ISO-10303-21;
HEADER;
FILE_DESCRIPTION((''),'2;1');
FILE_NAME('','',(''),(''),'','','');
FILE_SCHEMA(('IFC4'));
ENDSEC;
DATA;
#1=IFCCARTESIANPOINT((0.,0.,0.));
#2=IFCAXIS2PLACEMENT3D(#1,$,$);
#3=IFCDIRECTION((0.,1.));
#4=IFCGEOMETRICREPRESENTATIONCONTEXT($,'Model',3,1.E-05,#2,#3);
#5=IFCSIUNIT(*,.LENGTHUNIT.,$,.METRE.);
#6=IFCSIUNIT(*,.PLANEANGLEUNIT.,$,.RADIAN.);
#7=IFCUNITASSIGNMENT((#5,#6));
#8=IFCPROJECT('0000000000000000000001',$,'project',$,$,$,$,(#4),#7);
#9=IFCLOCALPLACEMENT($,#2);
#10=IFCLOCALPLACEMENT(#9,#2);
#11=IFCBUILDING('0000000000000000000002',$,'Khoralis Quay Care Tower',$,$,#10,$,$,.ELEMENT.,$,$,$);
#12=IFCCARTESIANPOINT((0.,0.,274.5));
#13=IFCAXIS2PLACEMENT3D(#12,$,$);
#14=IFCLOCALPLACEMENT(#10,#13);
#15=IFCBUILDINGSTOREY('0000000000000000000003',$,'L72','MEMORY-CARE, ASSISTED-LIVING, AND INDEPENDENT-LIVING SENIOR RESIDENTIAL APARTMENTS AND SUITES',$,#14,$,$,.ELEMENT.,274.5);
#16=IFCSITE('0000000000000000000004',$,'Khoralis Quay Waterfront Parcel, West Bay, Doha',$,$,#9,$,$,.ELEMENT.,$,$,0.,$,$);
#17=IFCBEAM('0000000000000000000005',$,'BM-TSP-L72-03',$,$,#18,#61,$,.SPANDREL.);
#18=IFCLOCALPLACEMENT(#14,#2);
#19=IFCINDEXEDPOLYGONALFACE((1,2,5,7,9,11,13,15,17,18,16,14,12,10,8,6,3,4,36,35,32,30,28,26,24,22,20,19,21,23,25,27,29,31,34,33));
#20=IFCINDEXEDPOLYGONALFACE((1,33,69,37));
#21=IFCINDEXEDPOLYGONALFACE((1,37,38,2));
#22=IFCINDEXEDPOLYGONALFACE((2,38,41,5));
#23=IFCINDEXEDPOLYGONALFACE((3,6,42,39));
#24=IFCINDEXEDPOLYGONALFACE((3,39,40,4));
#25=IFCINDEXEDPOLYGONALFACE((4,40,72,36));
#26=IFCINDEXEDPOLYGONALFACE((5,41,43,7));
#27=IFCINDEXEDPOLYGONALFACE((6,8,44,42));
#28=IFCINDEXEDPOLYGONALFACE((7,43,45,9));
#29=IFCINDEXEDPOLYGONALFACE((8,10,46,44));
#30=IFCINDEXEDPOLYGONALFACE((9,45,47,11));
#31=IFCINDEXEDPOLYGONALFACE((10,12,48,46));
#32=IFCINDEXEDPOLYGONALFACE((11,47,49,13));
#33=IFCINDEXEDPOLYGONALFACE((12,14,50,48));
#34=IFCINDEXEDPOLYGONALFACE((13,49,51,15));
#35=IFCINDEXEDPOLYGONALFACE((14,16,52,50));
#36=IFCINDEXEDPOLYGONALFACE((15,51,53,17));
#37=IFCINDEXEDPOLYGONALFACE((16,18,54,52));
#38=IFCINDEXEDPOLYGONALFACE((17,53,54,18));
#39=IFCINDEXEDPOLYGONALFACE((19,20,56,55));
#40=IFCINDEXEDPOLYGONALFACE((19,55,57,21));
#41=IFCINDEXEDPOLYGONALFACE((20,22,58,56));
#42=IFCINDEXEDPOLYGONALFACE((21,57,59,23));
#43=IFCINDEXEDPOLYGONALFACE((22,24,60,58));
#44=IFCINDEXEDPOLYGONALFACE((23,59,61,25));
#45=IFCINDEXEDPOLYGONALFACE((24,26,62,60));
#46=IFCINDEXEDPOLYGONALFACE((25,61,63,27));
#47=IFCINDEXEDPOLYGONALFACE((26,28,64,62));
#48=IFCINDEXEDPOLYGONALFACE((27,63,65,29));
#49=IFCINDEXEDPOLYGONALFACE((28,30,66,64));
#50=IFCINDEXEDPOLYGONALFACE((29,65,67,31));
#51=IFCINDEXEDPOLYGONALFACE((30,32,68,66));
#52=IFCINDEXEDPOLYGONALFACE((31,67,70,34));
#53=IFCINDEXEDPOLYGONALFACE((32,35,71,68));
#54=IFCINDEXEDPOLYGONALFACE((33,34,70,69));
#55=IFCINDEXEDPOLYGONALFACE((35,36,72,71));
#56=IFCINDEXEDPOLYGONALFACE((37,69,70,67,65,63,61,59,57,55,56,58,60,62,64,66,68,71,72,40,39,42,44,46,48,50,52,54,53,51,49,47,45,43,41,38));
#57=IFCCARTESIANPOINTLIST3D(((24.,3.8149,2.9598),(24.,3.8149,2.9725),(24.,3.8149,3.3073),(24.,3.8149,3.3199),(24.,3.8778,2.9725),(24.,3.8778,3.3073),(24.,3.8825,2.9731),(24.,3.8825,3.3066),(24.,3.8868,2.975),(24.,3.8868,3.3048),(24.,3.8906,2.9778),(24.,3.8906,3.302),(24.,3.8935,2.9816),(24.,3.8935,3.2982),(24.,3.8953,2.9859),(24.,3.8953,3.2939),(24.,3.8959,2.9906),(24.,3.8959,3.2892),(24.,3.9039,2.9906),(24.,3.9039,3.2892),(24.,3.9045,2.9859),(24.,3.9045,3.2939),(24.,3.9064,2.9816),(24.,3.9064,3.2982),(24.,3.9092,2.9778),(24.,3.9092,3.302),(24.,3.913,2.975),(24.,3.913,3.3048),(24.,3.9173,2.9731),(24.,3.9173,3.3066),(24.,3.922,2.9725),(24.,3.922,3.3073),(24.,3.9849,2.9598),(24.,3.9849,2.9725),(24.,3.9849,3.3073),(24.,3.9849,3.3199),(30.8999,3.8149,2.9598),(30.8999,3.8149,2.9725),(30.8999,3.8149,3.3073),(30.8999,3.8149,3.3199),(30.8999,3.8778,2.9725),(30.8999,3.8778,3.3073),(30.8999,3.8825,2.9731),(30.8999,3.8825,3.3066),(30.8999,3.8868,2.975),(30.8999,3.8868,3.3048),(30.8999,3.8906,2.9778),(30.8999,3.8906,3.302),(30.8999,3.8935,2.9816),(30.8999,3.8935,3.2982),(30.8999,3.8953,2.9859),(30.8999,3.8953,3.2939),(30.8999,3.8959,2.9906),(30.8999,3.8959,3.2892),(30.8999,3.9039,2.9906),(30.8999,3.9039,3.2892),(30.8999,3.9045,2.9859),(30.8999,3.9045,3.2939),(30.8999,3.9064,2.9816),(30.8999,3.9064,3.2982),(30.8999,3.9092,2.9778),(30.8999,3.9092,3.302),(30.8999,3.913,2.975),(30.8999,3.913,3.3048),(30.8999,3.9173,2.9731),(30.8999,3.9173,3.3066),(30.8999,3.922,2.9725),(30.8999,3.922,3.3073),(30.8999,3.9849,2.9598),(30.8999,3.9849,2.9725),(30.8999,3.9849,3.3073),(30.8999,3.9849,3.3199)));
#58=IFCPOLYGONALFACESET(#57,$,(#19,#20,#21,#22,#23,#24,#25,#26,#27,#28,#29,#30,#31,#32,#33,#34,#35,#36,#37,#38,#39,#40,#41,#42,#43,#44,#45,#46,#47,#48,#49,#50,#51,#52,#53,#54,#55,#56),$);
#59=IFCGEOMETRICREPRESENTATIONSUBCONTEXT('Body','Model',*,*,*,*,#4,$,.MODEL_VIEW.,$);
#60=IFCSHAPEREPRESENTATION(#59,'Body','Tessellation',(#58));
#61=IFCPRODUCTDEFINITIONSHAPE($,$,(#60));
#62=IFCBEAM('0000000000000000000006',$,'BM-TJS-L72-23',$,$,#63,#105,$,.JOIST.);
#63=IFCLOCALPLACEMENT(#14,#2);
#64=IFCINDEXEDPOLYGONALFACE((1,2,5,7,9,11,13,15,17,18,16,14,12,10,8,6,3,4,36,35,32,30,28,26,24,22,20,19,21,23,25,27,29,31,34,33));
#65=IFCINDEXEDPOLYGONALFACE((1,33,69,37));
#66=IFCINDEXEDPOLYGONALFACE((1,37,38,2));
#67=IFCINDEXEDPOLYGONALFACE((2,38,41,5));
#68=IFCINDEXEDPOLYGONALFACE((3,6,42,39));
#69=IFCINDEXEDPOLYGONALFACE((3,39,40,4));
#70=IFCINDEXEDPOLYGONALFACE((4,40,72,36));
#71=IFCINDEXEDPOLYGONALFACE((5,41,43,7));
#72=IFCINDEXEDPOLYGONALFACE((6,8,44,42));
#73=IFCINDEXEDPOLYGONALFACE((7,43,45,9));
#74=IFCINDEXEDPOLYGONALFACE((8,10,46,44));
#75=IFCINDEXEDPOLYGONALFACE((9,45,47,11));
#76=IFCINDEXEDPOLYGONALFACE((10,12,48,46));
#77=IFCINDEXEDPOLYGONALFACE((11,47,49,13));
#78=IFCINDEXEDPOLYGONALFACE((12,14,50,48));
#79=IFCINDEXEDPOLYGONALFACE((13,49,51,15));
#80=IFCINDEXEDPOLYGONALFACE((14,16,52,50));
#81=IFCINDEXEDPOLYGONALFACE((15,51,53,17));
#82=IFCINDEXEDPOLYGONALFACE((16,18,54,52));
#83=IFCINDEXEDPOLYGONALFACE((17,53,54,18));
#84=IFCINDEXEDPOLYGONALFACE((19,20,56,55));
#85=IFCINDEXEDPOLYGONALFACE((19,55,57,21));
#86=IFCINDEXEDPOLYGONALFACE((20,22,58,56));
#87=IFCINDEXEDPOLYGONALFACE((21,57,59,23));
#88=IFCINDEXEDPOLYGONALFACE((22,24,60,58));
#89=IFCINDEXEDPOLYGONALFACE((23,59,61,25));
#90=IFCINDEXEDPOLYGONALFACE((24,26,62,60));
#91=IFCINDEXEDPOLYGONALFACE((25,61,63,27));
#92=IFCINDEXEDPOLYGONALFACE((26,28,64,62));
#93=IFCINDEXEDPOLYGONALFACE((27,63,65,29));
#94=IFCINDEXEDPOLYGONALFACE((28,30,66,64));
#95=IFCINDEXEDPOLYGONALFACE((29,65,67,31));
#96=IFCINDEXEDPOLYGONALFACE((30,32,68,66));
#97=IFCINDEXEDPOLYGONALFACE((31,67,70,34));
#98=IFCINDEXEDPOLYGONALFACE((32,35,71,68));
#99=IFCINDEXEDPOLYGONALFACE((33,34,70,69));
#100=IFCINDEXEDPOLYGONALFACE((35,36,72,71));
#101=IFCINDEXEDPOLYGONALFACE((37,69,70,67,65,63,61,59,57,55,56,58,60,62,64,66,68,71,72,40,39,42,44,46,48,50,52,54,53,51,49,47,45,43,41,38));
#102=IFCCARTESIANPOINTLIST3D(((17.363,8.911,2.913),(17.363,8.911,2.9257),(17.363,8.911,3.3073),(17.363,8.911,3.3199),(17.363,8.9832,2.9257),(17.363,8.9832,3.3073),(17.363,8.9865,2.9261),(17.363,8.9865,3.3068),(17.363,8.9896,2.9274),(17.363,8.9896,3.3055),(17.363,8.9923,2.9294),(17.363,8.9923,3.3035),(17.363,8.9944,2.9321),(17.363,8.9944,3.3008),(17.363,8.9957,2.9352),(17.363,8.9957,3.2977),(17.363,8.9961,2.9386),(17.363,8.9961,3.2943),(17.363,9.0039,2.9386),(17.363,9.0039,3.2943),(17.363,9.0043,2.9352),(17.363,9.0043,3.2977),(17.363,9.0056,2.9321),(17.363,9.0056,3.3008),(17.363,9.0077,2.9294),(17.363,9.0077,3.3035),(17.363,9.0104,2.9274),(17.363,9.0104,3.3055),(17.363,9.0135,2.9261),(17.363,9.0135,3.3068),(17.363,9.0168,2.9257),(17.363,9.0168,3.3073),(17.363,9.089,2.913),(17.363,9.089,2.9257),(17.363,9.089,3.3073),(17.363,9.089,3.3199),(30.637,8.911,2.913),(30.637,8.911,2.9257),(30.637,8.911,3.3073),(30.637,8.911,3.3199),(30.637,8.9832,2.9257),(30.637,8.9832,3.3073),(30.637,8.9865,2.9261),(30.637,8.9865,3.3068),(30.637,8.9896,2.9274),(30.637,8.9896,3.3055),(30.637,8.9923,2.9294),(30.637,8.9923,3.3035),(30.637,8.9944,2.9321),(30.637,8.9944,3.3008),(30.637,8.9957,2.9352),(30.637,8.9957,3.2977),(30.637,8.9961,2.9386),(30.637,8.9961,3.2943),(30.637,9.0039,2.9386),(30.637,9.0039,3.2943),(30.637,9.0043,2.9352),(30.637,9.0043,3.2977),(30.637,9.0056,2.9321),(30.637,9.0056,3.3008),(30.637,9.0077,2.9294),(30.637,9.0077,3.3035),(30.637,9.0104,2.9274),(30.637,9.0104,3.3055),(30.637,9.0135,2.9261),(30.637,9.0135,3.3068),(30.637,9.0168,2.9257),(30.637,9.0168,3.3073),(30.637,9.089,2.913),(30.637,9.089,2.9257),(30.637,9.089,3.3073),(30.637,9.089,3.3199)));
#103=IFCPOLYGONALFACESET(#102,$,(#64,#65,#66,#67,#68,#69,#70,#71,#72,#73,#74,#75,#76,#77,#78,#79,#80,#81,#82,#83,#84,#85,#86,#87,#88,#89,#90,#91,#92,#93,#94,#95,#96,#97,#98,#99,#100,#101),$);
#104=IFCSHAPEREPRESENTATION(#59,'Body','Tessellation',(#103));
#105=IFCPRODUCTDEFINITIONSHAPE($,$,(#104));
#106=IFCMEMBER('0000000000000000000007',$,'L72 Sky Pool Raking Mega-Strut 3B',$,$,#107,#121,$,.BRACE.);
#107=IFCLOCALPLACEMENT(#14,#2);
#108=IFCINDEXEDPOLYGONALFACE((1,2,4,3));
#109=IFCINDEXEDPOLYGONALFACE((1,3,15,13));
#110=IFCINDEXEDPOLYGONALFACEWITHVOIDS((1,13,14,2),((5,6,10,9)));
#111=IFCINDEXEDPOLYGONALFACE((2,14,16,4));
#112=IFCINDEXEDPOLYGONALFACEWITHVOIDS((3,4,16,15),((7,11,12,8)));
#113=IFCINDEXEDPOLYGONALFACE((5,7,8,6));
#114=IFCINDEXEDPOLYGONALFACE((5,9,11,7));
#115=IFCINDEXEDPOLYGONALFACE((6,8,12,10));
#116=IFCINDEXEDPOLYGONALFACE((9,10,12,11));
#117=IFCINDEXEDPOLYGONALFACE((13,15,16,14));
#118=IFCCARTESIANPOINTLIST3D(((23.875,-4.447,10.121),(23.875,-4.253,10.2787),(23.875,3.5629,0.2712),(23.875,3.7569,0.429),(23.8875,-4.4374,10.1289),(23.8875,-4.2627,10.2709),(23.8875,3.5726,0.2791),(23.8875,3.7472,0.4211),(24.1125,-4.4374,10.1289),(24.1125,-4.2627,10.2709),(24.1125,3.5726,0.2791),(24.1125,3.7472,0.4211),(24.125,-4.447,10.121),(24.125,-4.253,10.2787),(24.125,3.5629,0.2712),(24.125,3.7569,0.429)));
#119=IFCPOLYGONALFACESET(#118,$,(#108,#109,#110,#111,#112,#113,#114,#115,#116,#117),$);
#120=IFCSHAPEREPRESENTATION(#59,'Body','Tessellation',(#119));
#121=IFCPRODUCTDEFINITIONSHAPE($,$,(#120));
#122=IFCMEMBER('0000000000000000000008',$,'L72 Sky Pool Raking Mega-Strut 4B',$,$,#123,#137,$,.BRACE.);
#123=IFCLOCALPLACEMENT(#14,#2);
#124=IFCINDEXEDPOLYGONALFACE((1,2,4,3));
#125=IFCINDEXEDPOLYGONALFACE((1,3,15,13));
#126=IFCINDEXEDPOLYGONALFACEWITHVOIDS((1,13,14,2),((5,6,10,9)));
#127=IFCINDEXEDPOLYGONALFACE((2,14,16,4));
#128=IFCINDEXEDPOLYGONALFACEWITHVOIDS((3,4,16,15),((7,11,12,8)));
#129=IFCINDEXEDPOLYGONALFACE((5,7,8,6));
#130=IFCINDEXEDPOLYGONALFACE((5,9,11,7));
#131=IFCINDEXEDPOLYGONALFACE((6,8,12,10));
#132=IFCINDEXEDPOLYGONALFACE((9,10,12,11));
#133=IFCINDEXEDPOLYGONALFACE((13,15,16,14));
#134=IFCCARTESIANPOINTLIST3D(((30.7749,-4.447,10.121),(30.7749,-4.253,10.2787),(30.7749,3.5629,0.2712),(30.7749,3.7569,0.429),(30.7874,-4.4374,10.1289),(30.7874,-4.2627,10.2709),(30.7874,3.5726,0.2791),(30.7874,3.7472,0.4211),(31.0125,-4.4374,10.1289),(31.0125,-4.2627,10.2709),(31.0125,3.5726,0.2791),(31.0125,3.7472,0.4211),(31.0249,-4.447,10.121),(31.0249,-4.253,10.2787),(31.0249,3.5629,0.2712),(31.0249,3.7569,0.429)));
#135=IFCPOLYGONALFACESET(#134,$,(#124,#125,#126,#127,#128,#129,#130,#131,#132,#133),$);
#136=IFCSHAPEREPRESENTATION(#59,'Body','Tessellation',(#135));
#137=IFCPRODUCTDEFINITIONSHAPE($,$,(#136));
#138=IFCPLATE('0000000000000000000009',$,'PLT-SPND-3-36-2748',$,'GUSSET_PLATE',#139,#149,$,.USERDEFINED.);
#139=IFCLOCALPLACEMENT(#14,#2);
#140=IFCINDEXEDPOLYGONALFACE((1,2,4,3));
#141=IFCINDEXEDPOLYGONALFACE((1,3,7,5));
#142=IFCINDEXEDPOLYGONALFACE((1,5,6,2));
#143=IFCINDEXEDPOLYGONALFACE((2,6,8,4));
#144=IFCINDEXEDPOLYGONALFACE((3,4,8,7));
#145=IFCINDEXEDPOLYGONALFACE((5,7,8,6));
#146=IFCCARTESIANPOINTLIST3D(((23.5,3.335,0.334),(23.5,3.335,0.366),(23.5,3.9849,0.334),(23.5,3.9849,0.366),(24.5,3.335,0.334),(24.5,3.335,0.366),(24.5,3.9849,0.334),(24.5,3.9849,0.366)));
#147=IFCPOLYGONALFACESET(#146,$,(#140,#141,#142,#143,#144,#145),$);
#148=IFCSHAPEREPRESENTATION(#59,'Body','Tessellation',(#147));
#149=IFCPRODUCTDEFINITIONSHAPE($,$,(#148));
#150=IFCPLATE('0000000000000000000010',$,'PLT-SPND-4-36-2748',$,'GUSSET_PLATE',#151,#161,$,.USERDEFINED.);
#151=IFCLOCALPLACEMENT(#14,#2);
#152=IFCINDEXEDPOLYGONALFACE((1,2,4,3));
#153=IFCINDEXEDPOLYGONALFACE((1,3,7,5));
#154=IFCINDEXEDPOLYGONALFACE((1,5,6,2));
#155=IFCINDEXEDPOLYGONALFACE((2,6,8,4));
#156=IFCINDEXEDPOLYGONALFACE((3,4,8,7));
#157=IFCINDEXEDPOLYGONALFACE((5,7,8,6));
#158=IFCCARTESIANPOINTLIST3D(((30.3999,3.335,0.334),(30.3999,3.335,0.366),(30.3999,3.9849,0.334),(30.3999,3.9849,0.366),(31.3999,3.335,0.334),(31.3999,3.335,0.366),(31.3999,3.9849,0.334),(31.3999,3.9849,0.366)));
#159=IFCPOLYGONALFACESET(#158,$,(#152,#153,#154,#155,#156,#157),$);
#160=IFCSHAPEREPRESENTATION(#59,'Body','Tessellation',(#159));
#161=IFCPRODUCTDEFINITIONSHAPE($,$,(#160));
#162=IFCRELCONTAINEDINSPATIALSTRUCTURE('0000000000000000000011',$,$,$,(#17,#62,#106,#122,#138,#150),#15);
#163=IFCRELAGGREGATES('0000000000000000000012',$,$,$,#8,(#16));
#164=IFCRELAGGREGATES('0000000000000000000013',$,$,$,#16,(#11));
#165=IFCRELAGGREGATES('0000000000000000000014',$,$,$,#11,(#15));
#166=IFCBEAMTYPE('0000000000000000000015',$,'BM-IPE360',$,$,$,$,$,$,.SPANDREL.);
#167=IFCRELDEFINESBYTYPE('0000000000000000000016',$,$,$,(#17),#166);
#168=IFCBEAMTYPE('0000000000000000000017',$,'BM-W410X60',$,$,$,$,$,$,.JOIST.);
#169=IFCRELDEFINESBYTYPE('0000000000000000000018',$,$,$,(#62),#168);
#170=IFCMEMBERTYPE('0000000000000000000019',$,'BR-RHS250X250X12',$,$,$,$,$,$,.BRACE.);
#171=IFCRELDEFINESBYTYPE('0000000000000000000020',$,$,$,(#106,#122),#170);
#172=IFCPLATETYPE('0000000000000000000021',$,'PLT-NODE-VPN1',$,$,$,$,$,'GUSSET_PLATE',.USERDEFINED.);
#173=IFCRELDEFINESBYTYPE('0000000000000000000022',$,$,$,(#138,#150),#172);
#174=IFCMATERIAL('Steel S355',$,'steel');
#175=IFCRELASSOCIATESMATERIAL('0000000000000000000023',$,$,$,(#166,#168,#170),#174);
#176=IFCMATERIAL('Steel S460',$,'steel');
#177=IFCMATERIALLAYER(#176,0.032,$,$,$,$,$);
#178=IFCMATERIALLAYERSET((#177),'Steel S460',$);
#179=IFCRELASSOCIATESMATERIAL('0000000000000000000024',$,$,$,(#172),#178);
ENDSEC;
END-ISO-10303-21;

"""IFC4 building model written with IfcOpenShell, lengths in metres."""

from ifc_helpers import new_model, si_unit, direction, frame, origin, origin_2d, place, context, subcontext, project, spatial, rectangle, hollow_rectangle, i_section, extrude, source, transform, mapped, material, layer, layer_set, material_profile, profile_set, type_object, element, save


model = new_model("IFC4")

# Units and contexts
model_context = context("Model", 3, precision=1e-05, world=origin(), true_north=direction((0.0, 1.0)))
body_context = subcontext(model_context, "Body", "Model", "MODEL_VIEW")
ifc_project = project(units=[si_unit("LENGTHUNIT", "METRE"), si_unit("PLANEANGLEUNIT", "RADIAN")], contexts=[model_context])

# Site, building, storey
site_placement = place(None, origin())
site = spatial("IfcSite", under=ifc_project, at=site_placement, Name="Khoralis Quay Waterfront Parcel, West Bay, Doha", CompositionType="ELEMENT", RefElevation=0.0)
building_placement = place(site_placement, origin())
building = spatial("IfcBuilding", under=site, at=building_placement, Name="Khoralis Quay Care Tower", CompositionType="ELEMENT")
storey_placement = place(building_placement, frame((0.0, 0.0, 274.5)))
storey = spatial("IfcBuildingStorey", under=building, at=storey_placement, Name="L72", Description="MEMORY-CARE, ASSISTED-LIVING, AND INDEPENDENT-LIVING SENIOR RESIDENTIAL APARTMENTS AND SUITES", CompositionType="ELEMENT", Elevation=274.5)

# Beams
ifc_material_1 = material(Name="Steel S355", Category="steel")
ifc_material_profile_1 = material_profile(ifc_material_1, i_section(OverallWidth=0.1699, OverallDepth=0.3601, WebThickness=0.0081, FlangeThickness=0.0127, FilletRadius=0.0181, at=origin_2d()), Name="Steel S355")
ifc_profile_set_1 = profile_set([ifc_material_profile_1], Name="Steel S355")
beam_type_1 = type_object("IfcBeamType", Name="BM-IPE360", PredefinedType="SPANDREL", material=ifc_profile_set_1)
shared_shape_1 = source(origin(), body_context, "Body", "SweptSolid", [
    extrude(i_section(OverallWidth=0.1699, OverallDepth=0.3601, WebThickness=0.0081, FlangeThickness=0.0127, FilletRadius=0.0181, at=origin_2d()), origin(), (0.0, 0.0, 1.0), 6.8999),
])
beam_1_placement = place(storey_placement, frame((24.0, 3.8999, 3.1399), z_axis=(1.0, 0.0, 0.0), x_axis=(0.0, 1.0, 0.0)))
element("IfcBeam", 1, at=beam_1_placement, inside=storey, type_object=beam_type_1, Name="BM-TSP-L72-03", PredefinedType="SPANDREL", context=body_context, shape_type="MappedRepresentation", body=[
    mapped(shared_shape_1, transform((0.0, 0.0, 0.0), scale=1.0)),
])
ifc_material_profile_2 = material_profile(ifc_material_1, i_section(OverallWidth=0.178, OverallDepth=0.407, WebThickness=0.0078, FlangeThickness=0.0127, FilletRadius=0.0129, at=origin_2d()), Name="Steel S355")
ifc_profile_set_2 = profile_set([ifc_material_profile_2], Name="Steel S355")
beam_type_2 = type_object("IfcBeamType", Name="BM-W410X60", PredefinedType="JOIST", material=ifc_profile_set_2)
shared_shape_2 = source(origin(), body_context, "Body", "SweptSolid", [
    extrude(i_section(OverallWidth=0.178, OverallDepth=0.407, WebThickness=0.0078, FlangeThickness=0.0127, FilletRadius=0.0129, at=origin_2d()), origin(), (0.0, 0.0, 1.0), 13.2739),
])
beam_2_placement = place(storey_placement, frame((17.363, 9.0, 3.1165), z_axis=(1.0, 0.0, 0.0), x_axis=(0.0, 1.0, 0.0)))
element("IfcBeam", 2, at=beam_2_placement, inside=storey, type_object=beam_type_2, Name="BM-TJS-L72-23", PredefinedType="JOIST", context=body_context, shape_type="MappedRepresentation", body=[
    mapped(shared_shape_2, transform((0.0, 0.0, 0.0), scale=1.0)),
])

# Members
ifc_material_profile_3 = material_profile(ifc_material_1, hollow_rectangle(XDim=0.25, YDim=0.25, WallThickness=0.0125, at=origin_2d()), Name="Steel S355")
ifc_profile_set_3 = profile_set([ifc_material_profile_3], Name="Steel S355")
member_type = type_object("IfcMemberType", Name="BR-RHS250X250X12", PredefinedType="BRACE", material=ifc_profile_set_3)
shared_shape_3 = source(origin(), body_context, "Body", "SweptSolid", [
    extrude(hollow_rectangle(XDim=0.25, YDim=0.25, WallThickness=0.0125, at=origin_2d()), origin(), (0.0, 0.0, 1.0), 12.6956),
])
for number, where, z_axis, x_axis, name in (
    (3, (24.0, 3.6599, 0.3501), (0.0, -0.630925, 0.775844), (1.0, 0.0, 0.0), "L72 Sky Pool Raking Mega-Strut 3B"),
    (4, (30.8999, 3.6599, 0.3501), (0.0, -0.630925, 0.775844), (1.0, 0.0, 0.0), "L72 Sky Pool Raking Mega-Strut 4B"),
):
    element("IfcMember", number, at=place(storey_placement, frame(where, z_axis=z_axis, x_axis=x_axis)), inside=storey, type_object=member_type, Name=name, PredefinedType="BRACE", context=body_context, shape_type="MappedRepresentation", body=[
        mapped(shared_shape_3, transform((0.0, 0.0, 0.0), scale=1.0)),
    ])

# Plates
ifc_material_2 = material(Name="Steel S460", Category="steel")
ifc_layer_1 = layer(ifc_material_2, 0.032)
ifc_layer_set_1 = layer_set([ifc_layer_1], Name="Steel S460")
plate_type = type_object("IfcPlateType", Name="PLT-NODE-VPN1", ElementType="GUSSET_PLATE", PredefinedType="USERDEFINED", material=ifc_layer_set_1)
shared_shape_4 = source(origin(), body_context, "Body", "SweptSolid", [
    extrude(rectangle(XDim=1.0, YDim=0.6499, at=origin_2d()), origin(), (0.0, 0.0, 1.0), 0.032),
])
for number, where, z_axis, x_axis, name in (
    (5, (24.0, 3.6599, 0.334), (0.0, 0.0, 1.0), (1.0, 0.0, 0.0), "PLT-SPND-3-36-2748"),
    (6, (30.8999, 3.6599, 0.334), (0.0, 0.0, 1.0), (1.0, 0.0, 0.0), "PLT-SPND-4-36-2748"),
):
    element("IfcPlate", number, at=place(storey_placement, frame(where, z_axis=z_axis, x_axis=x_axis)), inside=storey, type_object=plate_type, Name=name, ObjectType="GUSSET_PLATE", PredefinedType="USERDEFINED", context=body_context, shape_type="MappedRepresentation", body=[
        mapped(shared_shape_4, transform((0.0, 0.0, 0.0), scale=1.0)),
    ])

save(model, "model.ifc")
